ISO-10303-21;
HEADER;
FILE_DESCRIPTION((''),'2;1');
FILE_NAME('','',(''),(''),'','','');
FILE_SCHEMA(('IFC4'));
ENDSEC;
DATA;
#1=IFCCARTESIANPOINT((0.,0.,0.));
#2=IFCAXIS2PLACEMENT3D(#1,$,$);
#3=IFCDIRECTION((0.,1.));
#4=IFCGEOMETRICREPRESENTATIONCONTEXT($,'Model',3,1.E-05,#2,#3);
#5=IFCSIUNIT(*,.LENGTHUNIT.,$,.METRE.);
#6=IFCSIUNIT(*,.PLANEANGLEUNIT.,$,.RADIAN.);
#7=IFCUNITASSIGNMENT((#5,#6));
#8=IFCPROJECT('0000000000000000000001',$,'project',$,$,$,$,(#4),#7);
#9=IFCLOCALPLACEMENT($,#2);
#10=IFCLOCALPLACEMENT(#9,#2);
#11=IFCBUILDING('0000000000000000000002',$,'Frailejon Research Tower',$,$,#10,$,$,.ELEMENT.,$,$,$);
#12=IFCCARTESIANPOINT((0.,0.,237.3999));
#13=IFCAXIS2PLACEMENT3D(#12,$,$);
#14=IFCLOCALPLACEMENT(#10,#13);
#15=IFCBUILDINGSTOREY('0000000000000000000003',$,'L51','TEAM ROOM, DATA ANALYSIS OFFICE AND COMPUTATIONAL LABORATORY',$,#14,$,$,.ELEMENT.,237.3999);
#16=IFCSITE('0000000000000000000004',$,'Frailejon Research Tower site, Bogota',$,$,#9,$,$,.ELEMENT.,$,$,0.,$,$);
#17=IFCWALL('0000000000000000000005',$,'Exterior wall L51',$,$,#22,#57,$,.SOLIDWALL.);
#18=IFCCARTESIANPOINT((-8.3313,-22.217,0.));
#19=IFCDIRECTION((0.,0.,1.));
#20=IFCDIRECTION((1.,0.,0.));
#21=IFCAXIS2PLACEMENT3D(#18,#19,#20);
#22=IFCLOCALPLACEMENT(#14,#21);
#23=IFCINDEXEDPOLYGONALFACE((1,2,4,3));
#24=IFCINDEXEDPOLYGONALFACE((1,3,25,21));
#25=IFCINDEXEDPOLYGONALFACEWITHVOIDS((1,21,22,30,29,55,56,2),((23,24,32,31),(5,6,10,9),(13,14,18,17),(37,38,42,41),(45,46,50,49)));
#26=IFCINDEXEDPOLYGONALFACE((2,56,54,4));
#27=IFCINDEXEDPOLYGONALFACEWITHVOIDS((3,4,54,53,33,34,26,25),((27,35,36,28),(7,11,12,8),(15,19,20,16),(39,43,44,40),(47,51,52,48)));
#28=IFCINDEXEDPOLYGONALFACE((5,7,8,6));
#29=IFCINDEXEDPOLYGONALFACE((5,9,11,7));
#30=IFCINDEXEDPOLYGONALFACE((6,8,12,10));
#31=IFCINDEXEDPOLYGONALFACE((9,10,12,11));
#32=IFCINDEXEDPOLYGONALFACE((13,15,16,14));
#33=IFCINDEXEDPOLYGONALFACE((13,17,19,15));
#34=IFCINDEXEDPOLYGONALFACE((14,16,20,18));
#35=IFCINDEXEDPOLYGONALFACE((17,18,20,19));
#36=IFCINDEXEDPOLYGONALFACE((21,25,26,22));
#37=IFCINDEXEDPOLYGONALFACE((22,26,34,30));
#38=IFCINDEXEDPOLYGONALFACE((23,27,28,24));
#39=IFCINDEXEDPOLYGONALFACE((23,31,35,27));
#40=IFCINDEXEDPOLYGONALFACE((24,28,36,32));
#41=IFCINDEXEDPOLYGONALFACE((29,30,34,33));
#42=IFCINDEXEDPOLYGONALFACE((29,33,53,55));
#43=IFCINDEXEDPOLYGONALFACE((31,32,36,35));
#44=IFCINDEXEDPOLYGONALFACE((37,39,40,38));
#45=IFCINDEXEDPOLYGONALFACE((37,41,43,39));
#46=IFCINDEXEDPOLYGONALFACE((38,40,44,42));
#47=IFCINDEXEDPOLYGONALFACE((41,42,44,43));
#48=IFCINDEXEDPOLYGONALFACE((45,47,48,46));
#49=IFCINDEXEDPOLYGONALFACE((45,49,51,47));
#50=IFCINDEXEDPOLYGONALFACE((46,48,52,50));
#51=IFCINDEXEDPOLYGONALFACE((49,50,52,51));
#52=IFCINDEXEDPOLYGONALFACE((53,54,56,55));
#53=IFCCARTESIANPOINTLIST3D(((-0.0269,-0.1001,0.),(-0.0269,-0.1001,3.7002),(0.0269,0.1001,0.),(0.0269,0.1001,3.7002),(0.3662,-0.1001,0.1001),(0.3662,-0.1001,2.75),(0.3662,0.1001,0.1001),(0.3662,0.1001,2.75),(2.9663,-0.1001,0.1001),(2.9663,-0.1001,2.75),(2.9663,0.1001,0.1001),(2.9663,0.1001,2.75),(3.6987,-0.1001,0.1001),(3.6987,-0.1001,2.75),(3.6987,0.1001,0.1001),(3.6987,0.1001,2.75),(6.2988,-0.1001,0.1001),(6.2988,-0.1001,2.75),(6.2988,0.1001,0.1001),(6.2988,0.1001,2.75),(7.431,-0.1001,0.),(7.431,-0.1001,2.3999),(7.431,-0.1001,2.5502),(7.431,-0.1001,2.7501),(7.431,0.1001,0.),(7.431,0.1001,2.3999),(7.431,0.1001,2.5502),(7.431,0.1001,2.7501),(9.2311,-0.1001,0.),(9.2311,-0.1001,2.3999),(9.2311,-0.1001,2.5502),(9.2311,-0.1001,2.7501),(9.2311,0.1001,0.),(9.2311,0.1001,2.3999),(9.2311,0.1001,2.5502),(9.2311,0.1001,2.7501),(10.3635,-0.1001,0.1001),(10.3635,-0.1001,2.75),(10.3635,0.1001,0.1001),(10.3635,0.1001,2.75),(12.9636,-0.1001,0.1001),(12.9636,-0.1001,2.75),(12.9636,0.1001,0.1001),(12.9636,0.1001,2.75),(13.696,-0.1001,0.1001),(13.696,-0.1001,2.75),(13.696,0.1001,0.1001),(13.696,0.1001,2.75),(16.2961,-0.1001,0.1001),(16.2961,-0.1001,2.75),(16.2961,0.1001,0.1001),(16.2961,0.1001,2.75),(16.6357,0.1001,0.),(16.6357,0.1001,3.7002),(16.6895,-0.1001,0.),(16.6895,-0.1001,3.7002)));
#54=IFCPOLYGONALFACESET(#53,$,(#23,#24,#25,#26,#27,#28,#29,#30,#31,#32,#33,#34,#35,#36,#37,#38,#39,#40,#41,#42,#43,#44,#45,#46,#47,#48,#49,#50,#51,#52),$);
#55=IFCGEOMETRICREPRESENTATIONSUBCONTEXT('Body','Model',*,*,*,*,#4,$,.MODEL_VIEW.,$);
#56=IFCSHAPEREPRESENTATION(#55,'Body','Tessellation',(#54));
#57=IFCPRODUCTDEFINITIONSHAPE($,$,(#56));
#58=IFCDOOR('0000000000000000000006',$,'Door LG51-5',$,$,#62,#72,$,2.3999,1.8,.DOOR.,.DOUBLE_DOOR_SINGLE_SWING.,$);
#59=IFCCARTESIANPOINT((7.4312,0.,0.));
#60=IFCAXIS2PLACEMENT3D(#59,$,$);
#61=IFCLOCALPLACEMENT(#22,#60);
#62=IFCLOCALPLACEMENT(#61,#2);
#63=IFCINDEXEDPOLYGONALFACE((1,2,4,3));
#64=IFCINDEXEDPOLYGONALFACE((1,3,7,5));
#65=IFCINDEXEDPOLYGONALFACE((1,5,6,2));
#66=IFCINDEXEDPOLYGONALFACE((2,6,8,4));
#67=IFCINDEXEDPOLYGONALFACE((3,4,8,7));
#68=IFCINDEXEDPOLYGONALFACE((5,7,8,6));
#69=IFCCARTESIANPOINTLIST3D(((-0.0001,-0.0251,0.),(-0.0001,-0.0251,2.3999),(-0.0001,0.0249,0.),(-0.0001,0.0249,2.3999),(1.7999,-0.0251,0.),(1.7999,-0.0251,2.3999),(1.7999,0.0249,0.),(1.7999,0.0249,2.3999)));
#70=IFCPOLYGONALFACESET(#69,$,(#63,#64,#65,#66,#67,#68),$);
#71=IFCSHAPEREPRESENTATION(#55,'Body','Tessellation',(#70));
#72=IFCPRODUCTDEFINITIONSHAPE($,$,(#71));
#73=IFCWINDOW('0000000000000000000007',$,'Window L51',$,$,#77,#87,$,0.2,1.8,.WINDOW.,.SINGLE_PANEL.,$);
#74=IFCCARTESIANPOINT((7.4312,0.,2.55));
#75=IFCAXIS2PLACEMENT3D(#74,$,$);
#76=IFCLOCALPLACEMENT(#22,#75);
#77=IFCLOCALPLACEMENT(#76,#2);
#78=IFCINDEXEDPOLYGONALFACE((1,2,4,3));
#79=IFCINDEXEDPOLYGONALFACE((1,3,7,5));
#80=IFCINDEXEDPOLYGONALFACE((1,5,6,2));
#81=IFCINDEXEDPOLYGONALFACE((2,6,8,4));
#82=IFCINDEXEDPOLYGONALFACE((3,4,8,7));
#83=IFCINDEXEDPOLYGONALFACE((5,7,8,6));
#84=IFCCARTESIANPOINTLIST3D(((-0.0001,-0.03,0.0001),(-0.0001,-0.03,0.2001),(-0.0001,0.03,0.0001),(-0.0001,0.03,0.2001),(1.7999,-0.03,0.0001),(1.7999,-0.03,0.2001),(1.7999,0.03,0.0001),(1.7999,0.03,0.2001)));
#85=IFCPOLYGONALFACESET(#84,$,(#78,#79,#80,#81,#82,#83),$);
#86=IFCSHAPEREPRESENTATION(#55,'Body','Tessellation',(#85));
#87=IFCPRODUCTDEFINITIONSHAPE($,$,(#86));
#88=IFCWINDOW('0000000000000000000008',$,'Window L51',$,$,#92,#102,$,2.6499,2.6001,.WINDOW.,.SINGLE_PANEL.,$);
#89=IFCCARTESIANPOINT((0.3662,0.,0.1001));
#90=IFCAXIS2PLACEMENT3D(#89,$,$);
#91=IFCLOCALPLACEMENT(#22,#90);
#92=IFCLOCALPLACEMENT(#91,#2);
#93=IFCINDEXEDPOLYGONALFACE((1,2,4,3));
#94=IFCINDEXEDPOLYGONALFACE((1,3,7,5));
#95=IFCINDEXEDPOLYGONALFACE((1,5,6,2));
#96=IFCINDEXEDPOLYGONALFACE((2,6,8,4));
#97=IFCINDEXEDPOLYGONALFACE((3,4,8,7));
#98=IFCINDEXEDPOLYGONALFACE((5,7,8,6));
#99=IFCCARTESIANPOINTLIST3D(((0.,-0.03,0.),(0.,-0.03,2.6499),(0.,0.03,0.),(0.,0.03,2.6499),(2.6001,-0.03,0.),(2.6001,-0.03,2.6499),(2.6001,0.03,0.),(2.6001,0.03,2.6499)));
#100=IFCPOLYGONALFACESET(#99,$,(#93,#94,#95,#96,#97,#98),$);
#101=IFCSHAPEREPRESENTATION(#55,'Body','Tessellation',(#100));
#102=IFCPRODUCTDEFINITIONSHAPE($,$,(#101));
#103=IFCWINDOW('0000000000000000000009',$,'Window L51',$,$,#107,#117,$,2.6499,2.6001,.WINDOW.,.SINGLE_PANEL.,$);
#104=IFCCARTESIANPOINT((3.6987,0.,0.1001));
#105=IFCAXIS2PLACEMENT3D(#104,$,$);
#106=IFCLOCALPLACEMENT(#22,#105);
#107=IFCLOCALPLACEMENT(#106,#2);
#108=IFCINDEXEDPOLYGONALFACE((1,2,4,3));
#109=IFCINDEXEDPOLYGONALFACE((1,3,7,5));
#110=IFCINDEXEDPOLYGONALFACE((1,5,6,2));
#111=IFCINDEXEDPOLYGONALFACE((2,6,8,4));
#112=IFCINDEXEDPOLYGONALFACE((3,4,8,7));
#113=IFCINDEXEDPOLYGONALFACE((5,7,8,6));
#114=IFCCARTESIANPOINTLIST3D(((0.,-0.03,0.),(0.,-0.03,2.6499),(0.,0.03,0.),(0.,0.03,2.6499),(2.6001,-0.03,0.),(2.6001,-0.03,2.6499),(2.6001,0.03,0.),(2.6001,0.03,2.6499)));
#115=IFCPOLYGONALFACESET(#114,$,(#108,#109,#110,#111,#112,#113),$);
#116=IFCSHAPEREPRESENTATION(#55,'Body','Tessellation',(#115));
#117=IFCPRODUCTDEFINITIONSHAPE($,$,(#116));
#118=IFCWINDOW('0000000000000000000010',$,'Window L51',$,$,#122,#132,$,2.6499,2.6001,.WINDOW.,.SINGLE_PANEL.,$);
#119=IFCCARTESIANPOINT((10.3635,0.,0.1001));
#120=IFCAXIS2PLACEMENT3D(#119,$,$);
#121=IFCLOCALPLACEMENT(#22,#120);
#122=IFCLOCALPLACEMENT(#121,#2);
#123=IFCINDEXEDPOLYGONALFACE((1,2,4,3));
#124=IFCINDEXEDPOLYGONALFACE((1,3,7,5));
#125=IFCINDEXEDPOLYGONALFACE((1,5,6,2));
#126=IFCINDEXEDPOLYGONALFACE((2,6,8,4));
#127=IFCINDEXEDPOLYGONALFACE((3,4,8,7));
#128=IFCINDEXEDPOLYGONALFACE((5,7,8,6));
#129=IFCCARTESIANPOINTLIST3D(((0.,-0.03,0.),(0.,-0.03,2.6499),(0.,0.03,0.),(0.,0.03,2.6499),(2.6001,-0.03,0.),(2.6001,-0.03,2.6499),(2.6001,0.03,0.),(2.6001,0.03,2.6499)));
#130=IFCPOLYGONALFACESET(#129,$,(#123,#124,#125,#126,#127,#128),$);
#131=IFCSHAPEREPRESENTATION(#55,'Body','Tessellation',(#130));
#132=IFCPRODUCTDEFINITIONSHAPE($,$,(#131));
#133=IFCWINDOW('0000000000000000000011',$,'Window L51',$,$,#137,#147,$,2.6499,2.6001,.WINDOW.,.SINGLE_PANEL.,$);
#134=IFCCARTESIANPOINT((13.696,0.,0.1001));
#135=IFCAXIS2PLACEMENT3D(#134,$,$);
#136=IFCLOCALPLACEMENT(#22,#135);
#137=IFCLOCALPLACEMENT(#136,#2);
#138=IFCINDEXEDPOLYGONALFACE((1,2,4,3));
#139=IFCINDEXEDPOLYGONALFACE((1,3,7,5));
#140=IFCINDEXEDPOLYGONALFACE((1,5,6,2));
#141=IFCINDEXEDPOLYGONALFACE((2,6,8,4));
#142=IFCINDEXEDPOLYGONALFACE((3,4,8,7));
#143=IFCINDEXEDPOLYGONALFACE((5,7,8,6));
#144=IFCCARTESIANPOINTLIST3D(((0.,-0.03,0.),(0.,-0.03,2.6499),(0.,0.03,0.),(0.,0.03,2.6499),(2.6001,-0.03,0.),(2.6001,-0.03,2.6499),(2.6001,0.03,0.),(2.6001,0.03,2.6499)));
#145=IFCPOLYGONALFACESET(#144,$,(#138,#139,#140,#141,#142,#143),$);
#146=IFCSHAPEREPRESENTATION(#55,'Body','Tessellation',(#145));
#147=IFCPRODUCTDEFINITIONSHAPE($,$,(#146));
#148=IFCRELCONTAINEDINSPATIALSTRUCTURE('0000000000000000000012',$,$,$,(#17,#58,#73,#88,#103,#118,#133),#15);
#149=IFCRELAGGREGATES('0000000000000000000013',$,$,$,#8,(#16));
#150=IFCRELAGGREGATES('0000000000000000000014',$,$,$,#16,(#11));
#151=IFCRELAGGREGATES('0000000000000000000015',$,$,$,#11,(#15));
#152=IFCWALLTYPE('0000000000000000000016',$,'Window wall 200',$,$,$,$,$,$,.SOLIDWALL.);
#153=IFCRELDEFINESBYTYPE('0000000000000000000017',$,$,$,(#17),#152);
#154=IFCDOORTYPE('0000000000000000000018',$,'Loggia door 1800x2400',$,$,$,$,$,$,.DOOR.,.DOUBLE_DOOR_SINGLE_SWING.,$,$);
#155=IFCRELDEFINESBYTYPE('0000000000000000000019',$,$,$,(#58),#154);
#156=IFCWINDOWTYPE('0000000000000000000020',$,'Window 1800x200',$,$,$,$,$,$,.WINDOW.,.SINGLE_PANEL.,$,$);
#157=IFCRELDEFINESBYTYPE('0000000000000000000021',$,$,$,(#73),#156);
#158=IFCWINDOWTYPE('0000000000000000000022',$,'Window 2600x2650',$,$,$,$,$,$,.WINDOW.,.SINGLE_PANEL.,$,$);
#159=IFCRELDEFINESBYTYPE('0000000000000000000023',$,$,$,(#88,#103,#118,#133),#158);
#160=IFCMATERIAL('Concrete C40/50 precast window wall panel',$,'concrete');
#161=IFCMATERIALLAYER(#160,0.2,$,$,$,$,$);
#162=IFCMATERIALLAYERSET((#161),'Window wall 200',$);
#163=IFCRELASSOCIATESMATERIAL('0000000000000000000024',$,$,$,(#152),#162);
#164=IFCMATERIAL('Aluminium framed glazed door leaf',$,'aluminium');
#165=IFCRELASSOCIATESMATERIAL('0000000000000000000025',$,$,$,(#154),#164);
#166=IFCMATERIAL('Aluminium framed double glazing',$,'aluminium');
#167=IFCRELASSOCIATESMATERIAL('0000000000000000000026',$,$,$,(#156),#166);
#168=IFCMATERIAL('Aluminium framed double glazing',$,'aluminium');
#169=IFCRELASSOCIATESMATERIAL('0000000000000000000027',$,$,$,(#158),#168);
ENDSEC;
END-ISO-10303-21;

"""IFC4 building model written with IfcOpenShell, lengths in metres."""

from ifc_helpers import new_model, si_unit, direction, frame, frame_2d, origin, place, context, subcontext, project, spatial, polyline, rectangle, outline, extrude, material, layer, layer_set, type_object, element, fill, save


model = new_model("IFC4")

# Units and contexts
model_context = context("Model", 3, precision=1e-05, world=origin(), true_north=direction((0.0, 1.0)))
body_context = subcontext(model_context, "Body", "Model", "MODEL_VIEW")
ifc_project = project(units=[si_unit("LENGTHUNIT", "METRE"), si_unit("PLANEANGLEUNIT", "RADIAN")], contexts=[model_context])

# Site, building, storey
site_placement = place(None, origin())
site = spatial("IfcSite", under=ifc_project, at=site_placement, Name="Frailejon Research Tower site, Bogota", CompositionType="ELEMENT", RefElevation=0.0)
building_placement = place(site_placement, origin())
building = spatial("IfcBuilding", under=site, at=building_placement, Name="Frailejon Research Tower", CompositionType="ELEMENT")
storey_placement = place(building_placement, frame((0.0, 0.0, 237.3999)))
storey = spatial("IfcBuildingStorey", under=building, at=storey_placement, Name="L51", Description="TEAM ROOM, DATA ANALYSIS OFFICE AND COMPUTATIONAL LABORATORY", CompositionType="ELEMENT", Elevation=237.3999)

# Wall, openings, door, windows
ifc_material_1 = material(Name="Concrete C40/50 precast window wall panel", Category="concrete")
ifc_layer_1 = layer(ifc_material_1, 0.2)
ifc_layer_set_1 = layer_set([ifc_layer_1], Name="Window wall 200")
wall_type_1 = type_object("IfcWallType", Name="Window wall 200", PredefinedType="SOLIDWALL", material=ifc_layer_set_1)
wall_1_placement = place(storey_placement, frame((-8.3313, -22.217, 0.0), z_axis=(0.0, 0.0, 1.0), x_axis=(1.0, 0.0, 0.0)))
wall_1 = element("IfcWall", 1, at=wall_1_placement, inside=storey, type_object=wall_type_1, Name="Exterior wall L51", PredefinedType="SOLIDWALL", context=body_context, shape_type="SweptSolid", body=[
    extrude(outline(polyline([(-0.0269, -0.1001), (1.0178, -0.1001), (2.0627, -0.1001), (3.1074, -0.1001), (4.1523, -0.1001), (5.197, -0.1001), (6.2417, -0.1001), (7.2866, -0.1001), (8.3313, -0.1001), (9.376, -0.1001), (10.4209, -0.1001), (11.4656, -0.1001), (12.5103, -0.1001), (13.5552, -0.1001), (14.5999, -0.1001), (15.6448, -0.1001), (16.6895, -0.1001), (16.6357, 0.1001), (15.5977, 0.1001), (14.5596, 0.1001), (13.5215, 0.1001), (12.4834, 0.1001), (11.4456, 0.1001), (10.4075, 0.1001), (9.3694, 0.1001), (8.3313, 0.1001), (7.2932, 0.1001), (6.2551, 0.1001), (5.217, 0.1001), (4.1792, 0.1001), (3.1411, 0.1001), (2.103, 0.1001), (1.0649, 0.1001), (0.0269, 0.1001), (-0.0269, -0.1001)])), origin(), (0.0, 0.0, 1.0), 3.7002),
])
opening_1_placement = place(wall_1_placement, frame((0.3662, 0.0, 0.1001)))
opening_1 = element("IfcOpeningElement", 2, at=opening_1_placement, cuts=wall_1, PredefinedType="OPENING", context=body_context, shape_type="SweptSolid", body=[
    extrude(rectangle(XDim=2.6001, YDim=2.6499, at=frame_2d((1.3, 1.325))), frame((0.0, 0.1099, 0.0), z_axis=(0.0, -1.0, 0.0), x_axis=(1.0, 0.0, 0.0)), (0.0, 0.0, 1.0), 0.22),
])
opening_2_placement = place(wall_1_placement, frame((3.6987, 0.0, 0.1001)))
opening_2 = element("IfcOpeningElement", 3, at=opening_2_placement, cuts=wall_1, PredefinedType="OPENING", context=body_context, shape_type="SweptSolid", body=[
    extrude(rectangle(XDim=2.6001, YDim=2.6499, at=frame_2d((1.3, 1.325))), frame((0.0, 0.1099, 0.0), z_axis=(0.0, -1.0, 0.0), x_axis=(1.0, 0.0, 0.0)), (0.0, 0.0, 1.0), 0.22),
])
opening_3_placement = place(wall_1_placement, frame((7.4312, 0.0, 0.0)))
opening_3 = element("IfcOpeningElement", 4, at=opening_3_placement, cuts=wall_1, PredefinedType="OPENING", context=body_context, shape_type="SweptSolid", body=[
    extrude(rectangle(XDim=1.8, YDim=2.3999, at=frame_2d((0.8999, 1.2))), frame((0.0, 0.1099, 0.0), z_axis=(0.0, -1.0, 0.0), x_axis=(1.0, 0.0, 0.0)), (0.0, 0.0, 1.0), 0.22),
])
opening_4_placement = place(wall_1_placement, frame((7.4312, 0.0, 2.55)))
opening_4 = element("IfcOpeningElement", 5, at=opening_4_placement, cuts=wall_1, PredefinedType="OPENING", context=body_context, shape_type="SweptSolid", body=[
    extrude(rectangle(XDim=1.8, YDim=0.2, at=frame_2d((0.8999, 0.1001))), frame((0.0, 0.1099, 0.0), z_axis=(0.0, -1.0, 0.0), x_axis=(1.0, 0.0, 0.0)), (0.0, 0.0, 1.0), 0.22),
])
opening_5_placement = place(wall_1_placement, frame((10.3635, 0.0, 0.1001)))
opening_5 = element("IfcOpeningElement", 6, at=opening_5_placement, cuts=wall_1, PredefinedType="OPENING", context=body_context, shape_type="SweptSolid", body=[
    extrude(rectangle(XDim=2.6001, YDim=2.6499, at=frame_2d((1.3, 1.325))), frame((0.0, 0.1099, 0.0), z_axis=(0.0, -1.0, 0.0), x_axis=(1.0, 0.0, 0.0)), (0.0, 0.0, 1.0), 0.22),
])
opening_6_placement = place(wall_1_placement, frame((13.696, 0.0, 0.1001)))
opening_6 = element("IfcOpeningElement", 7, at=opening_6_placement, cuts=wall_1, PredefinedType="OPENING", context=body_context, shape_type="SweptSolid", body=[
    extrude(rectangle(XDim=2.6001, YDim=2.6499, at=frame_2d((1.3, 1.325))), frame((0.0, 0.1099, 0.0), z_axis=(0.0, -1.0, 0.0), x_axis=(1.0, 0.0, 0.0)), (0.0, 0.0, 1.0), 0.22),
])
ifc_material_2 = material(Name="Aluminium framed glazed door leaf", Category="aluminium")
door_type = type_object("IfcDoorType", Name="Loggia door 1800x2400", OperationType="DOUBLE_DOOR_SINGLE_SWING", PredefinedType="DOOR", material=ifc_material_2)
door_placement = place(opening_3_placement, origin())
door = element("IfcDoor", 8, at=door_placement, inside=storey, type_object=door_type, Name="Door LG51-5", OperationType="DOUBLE_DOOR_SINGLE_SWING", OverallHeight=2.3999, OverallWidth=1.8, PredefinedType="DOOR", context=body_context, shape_type="SweptSolid", body=[
    extrude(rectangle(XDim=1.8, YDim=2.3999, at=frame_2d((0.8999, 1.2))), frame((0.0, 0.0249, 0.0), z_axis=(0.0, -1.0, 0.0), x_axis=(1.0, 0.0, 0.0)), (0.0, 0.0, 1.0), 0.05),
])
fill(opening_3, door)
ifc_material_3 = material(Name="Aluminium framed double glazing", Category="aluminium")
window_type_1 = type_object("IfcWindowType", Name="Window 1800x200", PartitioningType="SINGLE_PANEL", PredefinedType="WINDOW", material=ifc_material_3)
window_1_placement = place(opening_4_placement, origin())
window_1 = element("IfcWindow", 9, at=window_1_placement, inside=storey, type_object=window_type_1, Name="Window L51", OverallHeight=0.2, OverallWidth=1.8, PartitioningType="SINGLE_PANEL", PredefinedType="WINDOW", context=body_context, shape_type="SweptSolid", body=[
    extrude(rectangle(XDim=1.8, YDim=0.2, at=frame_2d((0.8999, 0.1001))), frame((0.0, 0.03, 0.0), z_axis=(0.0, -1.0, 0.0), x_axis=(1.0, 0.0, 0.0)), (0.0, 0.0, 1.0), 0.0601),
])
fill(opening_4, window_1)
ifc_material_4 = material(Name="Aluminium framed double glazing", Category="aluminium")
window_type_2 = type_object("IfcWindowType", Name="Window 2600x2650", PartitioningType="SINGLE_PANEL", PredefinedType="WINDOW", material=ifc_material_4)
window_2_placement = place(opening_1_placement, origin())
window_2 = element("IfcWindow", 10, at=window_2_placement, inside=storey, type_object=window_type_2, Name="Window L51", OverallHeight=2.6499, OverallWidth=2.6001, PartitioningType="SINGLE_PANEL", PredefinedType="WINDOW", context=body_context, shape_type="SweptSolid", body=[
    extrude(rectangle(XDim=2.6001, YDim=2.6499, at=frame_2d((1.3, 1.325))), frame((0.0, 0.03, 0.0), z_axis=(0.0, -1.0, 0.0), x_axis=(1.0, 0.0, 0.0)), (0.0, 0.0, 1.0), 0.0601),
])
fill(opening_1, window_2)
window_3_placement = place(opening_2_placement, origin())
window_3 = element("IfcWindow", 11, at=window_3_placement, inside=storey, type_object=window_type_2, Name="Window L51", OverallHeight=2.6499, OverallWidth=2.6001, PartitioningType="SINGLE_PANEL", PredefinedType="WINDOW", context=body_context, shape_type="SweptSolid", body=[
    extrude(rectangle(XDim=2.6001, YDim=2.6499, at=frame_2d((1.3, 1.325))), frame((0.0, 0.03, 0.0), z_axis=(0.0, -1.0, 0.0), x_axis=(1.0, 0.0, 0.0)), (0.0, 0.0, 1.0), 0.0601),
])
fill(opening_2, window_3)
window_4_placement = place(opening_5_placement, origin())
window_4 = element("IfcWindow", 12, at=window_4_placement, inside=storey, type_object=window_type_2, Name="Window L51", OverallHeight=2.6499, OverallWidth=2.6001, PartitioningType="SINGLE_PANEL", PredefinedType="WINDOW", context=body_context, shape_type="SweptSolid", body=[
    extrude(rectangle(XDim=2.6001, YDim=2.6499, at=frame_2d((1.3, 1.325))), frame((0.0, 0.03, 0.0), z_axis=(0.0, -1.0, 0.0), x_axis=(1.0, 0.0, 0.0)), (0.0, 0.0, 1.0), 0.0601),
])
fill(opening_5, window_4)
window_5_placement = place(opening_6_placement, origin())
window_5 = element("IfcWindow", 13, at=window_5_placement, inside=storey, type_object=window_type_2, Name="Window L51", OverallHeight=2.6499, OverallWidth=2.6001, PartitioningType="SINGLE_PANEL", PredefinedType="WINDOW", context=body_context, shape_type="SweptSolid", body=[
    extrude(rectangle(XDim=2.6001, YDim=2.6499, at=frame_2d((1.3, 1.325))), frame((0.0, 0.03, 0.0), z_axis=(0.0, -1.0, 0.0), x_axis=(1.0, 0.0, 0.0)), (0.0, 0.0, 1.0), 0.0601),
])
fill(opening_6, window_5)

save(model, "model.ifc")
